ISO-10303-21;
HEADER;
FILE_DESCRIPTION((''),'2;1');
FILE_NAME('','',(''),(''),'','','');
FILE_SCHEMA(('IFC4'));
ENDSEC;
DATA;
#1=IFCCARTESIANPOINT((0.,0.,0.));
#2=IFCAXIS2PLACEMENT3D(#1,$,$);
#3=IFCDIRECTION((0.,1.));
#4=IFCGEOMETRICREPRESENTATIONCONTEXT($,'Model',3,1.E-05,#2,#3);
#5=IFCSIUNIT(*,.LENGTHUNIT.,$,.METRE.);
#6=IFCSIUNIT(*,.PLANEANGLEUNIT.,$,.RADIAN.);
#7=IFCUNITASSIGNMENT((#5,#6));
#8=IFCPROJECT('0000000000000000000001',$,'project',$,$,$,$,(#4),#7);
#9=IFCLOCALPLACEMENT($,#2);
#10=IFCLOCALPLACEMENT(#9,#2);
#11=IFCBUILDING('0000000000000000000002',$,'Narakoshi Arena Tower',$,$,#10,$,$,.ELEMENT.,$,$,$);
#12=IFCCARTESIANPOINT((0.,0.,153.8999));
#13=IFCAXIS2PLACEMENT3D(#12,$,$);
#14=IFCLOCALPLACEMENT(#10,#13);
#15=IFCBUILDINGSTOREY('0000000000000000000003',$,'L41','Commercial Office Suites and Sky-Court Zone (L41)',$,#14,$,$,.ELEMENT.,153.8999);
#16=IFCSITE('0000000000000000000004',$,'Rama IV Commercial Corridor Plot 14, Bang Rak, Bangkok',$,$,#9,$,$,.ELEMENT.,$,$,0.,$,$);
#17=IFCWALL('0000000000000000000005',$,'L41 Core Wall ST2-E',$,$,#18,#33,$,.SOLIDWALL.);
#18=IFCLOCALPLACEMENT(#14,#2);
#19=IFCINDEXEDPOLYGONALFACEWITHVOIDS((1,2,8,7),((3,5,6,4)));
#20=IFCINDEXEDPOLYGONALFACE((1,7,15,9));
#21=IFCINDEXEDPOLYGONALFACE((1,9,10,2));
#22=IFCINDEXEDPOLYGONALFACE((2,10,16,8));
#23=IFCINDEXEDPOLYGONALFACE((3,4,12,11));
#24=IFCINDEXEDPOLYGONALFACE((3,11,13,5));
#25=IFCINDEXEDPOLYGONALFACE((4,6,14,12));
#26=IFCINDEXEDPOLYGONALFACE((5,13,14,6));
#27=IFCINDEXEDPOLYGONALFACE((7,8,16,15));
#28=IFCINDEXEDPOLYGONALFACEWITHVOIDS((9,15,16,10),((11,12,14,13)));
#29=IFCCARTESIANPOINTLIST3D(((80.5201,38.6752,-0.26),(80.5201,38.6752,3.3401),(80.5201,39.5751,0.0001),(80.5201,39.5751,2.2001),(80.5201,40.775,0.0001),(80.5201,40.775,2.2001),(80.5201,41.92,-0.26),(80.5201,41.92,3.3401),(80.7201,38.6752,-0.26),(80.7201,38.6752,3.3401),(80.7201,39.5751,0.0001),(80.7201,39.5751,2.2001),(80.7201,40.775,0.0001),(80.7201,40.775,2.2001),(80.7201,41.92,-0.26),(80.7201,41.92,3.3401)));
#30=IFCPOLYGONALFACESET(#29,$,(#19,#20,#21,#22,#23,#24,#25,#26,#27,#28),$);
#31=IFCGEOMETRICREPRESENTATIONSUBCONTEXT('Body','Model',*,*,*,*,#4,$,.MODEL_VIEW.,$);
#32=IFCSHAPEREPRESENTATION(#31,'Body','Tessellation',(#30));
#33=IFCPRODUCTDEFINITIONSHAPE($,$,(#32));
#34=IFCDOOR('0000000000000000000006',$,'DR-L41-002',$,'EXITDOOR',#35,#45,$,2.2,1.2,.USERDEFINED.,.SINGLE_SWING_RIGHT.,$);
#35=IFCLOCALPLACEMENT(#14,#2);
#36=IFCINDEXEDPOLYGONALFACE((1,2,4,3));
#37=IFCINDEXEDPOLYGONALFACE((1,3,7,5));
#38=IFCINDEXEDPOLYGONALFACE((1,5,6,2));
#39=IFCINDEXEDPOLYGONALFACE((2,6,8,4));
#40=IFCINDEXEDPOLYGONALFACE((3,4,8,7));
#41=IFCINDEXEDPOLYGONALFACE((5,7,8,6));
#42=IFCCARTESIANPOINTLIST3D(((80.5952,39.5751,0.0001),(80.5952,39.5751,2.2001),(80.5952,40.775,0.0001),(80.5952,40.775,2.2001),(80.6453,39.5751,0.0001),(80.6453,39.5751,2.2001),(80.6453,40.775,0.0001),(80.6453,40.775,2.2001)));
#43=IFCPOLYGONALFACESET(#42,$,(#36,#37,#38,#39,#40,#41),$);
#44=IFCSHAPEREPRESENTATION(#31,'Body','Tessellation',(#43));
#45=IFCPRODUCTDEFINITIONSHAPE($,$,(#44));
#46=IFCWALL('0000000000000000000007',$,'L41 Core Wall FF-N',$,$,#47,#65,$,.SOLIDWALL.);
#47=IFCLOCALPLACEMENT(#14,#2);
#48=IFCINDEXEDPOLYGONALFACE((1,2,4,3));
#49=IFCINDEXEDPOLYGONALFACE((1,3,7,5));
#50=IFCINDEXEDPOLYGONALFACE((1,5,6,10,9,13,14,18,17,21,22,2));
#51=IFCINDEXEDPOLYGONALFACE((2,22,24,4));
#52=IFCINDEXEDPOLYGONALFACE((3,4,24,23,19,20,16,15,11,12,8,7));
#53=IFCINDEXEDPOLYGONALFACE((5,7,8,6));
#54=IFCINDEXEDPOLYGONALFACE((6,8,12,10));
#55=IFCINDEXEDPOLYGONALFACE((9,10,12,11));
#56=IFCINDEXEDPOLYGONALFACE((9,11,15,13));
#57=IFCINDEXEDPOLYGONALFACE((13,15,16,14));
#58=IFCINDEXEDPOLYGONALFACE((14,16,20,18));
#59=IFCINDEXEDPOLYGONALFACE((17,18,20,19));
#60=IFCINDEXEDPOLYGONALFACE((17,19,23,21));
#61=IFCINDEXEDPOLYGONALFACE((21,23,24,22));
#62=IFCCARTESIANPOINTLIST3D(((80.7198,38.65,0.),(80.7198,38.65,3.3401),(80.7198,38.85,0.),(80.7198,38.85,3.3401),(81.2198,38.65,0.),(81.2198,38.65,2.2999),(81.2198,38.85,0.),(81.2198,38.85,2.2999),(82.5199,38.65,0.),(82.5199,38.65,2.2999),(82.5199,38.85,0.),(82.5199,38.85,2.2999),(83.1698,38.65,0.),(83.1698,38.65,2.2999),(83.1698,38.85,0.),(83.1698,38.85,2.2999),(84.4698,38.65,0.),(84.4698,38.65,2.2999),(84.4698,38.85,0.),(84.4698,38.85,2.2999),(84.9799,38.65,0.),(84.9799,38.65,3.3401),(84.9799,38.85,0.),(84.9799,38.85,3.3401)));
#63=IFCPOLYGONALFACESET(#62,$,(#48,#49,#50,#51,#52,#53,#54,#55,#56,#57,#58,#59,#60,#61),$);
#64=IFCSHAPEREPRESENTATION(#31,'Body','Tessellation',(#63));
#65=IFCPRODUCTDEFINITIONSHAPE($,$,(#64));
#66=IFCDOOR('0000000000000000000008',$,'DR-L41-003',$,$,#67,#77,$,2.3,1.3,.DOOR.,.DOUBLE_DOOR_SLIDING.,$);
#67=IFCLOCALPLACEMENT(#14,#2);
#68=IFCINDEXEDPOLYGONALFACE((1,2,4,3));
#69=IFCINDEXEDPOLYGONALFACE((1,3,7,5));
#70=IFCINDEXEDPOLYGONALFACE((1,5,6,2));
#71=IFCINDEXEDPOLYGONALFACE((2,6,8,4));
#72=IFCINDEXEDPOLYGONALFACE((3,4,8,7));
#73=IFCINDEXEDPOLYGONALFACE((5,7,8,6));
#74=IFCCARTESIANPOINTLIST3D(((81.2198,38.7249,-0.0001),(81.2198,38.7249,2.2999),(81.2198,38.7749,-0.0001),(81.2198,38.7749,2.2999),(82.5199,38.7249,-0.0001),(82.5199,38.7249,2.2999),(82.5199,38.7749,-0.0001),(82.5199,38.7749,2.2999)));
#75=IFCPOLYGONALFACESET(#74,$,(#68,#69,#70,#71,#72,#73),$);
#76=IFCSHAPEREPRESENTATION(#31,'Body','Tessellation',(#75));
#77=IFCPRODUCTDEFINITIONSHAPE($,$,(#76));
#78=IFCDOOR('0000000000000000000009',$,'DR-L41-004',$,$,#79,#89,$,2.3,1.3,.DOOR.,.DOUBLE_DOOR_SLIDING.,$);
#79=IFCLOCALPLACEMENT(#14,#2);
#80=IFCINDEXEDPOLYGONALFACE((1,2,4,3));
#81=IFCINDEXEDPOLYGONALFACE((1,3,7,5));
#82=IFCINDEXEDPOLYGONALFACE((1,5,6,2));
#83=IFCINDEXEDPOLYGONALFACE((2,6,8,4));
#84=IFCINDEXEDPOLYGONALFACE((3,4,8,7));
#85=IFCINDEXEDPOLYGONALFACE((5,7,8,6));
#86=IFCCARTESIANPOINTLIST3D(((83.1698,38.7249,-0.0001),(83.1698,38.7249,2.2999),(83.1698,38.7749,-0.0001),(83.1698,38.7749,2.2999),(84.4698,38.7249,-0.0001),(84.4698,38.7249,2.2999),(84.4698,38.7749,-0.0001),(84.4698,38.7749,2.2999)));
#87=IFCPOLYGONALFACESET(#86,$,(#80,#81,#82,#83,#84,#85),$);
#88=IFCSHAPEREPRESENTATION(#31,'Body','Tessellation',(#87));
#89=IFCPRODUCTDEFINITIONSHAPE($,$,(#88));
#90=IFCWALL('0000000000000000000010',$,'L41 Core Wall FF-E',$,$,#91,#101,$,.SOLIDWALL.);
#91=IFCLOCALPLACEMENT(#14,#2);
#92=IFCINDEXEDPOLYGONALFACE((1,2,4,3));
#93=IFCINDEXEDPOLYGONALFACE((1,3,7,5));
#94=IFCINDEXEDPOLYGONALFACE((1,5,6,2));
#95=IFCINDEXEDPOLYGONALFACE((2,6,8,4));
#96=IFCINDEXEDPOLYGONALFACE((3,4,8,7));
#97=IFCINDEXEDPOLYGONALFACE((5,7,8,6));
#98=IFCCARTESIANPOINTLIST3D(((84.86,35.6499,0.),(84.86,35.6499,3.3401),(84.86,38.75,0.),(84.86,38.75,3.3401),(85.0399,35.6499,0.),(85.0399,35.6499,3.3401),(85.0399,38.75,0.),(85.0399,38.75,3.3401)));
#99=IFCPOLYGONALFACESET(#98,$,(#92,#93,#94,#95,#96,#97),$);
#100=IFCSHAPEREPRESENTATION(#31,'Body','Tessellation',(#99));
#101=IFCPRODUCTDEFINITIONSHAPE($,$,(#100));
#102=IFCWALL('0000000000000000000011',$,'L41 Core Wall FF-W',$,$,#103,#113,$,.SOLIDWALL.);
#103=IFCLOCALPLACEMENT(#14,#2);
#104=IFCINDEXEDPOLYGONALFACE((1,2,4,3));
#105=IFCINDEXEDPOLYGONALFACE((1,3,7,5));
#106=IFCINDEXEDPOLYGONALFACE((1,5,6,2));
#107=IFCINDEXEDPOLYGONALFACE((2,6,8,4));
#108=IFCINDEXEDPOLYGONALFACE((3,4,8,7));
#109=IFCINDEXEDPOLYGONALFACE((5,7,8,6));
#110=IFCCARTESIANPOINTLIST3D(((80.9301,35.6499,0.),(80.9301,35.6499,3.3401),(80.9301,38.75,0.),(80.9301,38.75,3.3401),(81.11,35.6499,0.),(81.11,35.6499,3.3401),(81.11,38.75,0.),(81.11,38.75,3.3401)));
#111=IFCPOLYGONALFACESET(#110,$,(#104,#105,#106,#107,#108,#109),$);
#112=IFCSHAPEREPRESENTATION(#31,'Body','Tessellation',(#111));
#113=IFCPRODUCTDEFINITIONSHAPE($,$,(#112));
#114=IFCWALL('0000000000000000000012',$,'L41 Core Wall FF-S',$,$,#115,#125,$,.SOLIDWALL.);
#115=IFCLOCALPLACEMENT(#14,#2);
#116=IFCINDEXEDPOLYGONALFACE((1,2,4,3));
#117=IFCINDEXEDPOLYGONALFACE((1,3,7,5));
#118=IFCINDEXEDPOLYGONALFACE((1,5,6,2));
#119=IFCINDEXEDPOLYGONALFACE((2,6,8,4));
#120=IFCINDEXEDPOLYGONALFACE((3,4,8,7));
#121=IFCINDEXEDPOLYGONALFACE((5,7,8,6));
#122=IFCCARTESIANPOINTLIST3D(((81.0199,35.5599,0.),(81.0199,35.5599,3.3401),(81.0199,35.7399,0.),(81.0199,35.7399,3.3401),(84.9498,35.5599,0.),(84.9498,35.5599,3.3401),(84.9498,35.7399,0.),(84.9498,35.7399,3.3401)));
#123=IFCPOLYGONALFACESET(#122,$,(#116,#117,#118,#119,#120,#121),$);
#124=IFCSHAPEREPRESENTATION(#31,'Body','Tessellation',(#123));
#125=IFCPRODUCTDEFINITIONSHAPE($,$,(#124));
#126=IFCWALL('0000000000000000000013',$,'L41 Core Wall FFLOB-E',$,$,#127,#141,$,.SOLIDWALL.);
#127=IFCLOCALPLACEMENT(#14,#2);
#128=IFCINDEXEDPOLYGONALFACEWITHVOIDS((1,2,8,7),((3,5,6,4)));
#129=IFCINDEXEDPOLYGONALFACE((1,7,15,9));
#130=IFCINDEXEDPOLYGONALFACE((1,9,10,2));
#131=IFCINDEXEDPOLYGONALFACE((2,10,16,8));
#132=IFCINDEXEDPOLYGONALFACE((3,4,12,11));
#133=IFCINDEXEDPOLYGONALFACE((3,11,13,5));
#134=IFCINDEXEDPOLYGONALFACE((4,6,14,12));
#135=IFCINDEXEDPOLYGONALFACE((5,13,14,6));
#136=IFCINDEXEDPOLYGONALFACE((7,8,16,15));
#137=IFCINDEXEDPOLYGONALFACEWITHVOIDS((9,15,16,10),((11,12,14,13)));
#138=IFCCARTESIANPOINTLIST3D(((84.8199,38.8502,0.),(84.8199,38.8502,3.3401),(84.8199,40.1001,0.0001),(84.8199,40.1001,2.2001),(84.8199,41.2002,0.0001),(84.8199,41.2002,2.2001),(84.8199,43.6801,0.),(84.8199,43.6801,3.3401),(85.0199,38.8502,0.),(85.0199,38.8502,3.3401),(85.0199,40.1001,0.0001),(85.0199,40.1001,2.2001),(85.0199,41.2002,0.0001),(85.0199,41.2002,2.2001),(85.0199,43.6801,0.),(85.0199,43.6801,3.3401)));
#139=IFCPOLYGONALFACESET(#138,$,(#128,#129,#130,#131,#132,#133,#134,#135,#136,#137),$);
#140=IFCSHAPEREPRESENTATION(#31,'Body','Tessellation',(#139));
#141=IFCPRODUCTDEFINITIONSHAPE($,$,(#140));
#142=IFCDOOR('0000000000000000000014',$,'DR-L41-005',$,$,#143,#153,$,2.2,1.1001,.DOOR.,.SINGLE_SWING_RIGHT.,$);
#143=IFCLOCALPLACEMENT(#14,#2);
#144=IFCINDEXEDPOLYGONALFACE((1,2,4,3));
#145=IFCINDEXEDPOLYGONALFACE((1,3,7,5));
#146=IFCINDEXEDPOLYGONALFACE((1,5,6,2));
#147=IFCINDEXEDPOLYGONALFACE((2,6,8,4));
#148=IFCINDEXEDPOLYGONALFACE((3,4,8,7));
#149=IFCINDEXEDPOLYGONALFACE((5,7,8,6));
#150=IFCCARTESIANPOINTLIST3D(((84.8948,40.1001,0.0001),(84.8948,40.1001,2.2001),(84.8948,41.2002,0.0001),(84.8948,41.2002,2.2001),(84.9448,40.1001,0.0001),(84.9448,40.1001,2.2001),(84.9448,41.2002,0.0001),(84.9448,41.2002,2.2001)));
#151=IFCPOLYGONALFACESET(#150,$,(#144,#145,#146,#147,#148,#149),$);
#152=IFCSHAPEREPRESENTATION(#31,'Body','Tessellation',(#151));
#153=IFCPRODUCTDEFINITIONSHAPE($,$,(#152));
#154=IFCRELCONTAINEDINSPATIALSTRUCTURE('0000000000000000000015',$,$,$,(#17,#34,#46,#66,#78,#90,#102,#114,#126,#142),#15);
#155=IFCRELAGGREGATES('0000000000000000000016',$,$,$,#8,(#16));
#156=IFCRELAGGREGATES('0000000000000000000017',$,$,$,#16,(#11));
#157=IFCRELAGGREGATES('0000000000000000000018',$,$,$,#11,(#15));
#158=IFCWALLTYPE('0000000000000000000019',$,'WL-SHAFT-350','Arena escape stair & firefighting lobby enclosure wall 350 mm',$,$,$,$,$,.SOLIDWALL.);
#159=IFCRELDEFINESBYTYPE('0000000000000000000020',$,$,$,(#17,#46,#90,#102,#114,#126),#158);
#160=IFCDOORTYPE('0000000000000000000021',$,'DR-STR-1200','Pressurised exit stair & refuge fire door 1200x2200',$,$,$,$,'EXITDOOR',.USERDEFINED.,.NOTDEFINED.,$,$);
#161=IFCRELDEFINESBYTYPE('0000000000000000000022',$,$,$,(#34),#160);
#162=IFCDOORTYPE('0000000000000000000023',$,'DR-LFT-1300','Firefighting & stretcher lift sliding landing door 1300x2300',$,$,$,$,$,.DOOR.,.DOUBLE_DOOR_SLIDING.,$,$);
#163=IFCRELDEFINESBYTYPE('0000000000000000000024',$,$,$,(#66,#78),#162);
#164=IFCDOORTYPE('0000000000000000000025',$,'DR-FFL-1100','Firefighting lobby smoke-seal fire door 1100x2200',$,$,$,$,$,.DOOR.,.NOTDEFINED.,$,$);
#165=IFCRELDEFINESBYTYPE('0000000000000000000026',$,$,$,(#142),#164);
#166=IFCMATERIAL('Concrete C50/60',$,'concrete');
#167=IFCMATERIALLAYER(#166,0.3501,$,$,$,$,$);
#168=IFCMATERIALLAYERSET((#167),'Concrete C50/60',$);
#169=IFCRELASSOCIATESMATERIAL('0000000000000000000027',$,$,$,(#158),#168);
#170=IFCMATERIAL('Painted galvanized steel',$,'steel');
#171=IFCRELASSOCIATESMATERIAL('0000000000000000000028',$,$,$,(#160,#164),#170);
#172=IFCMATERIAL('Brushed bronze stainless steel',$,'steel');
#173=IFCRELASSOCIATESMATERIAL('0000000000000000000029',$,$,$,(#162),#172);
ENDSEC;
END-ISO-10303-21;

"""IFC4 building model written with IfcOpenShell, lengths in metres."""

from ifc_helpers import new_model, si_unit, direction, frame, frame_2d, origin, place, context, subcontext, project, spatial, rectangle, extrude, material, layer, layer_set, type_object, element, fill, save


model = new_model("IFC4")

# Units and contexts
model_context = context("Model", 3, precision=1e-05, world=origin(), true_north=direction((0.0, 1.0)))
body_context = subcontext(model_context, "Body", "Model", "MODEL_VIEW")
ifc_project = project(units=[si_unit("LENGTHUNIT", "METRE"), si_unit("PLANEANGLEUNIT", "RADIAN")], contexts=[model_context])

# Site, building, storey
site_placement = place(None, origin())
site = spatial("IfcSite", under=ifc_project, at=site_placement, Name="Rama IV Commercial Corridor Plot 14, Bang Rak, Bangkok", CompositionType="ELEMENT", RefElevation=0.0)
building_placement = place(site_placement, origin())
building = spatial("IfcBuilding", under=site, at=building_placement, Name="Narakoshi Arena Tower", CompositionType="ELEMENT")
storey_placement = place(building_placement, frame((0.0, 0.0, 153.8999)))
storey = spatial("IfcBuildingStorey", under=building, at=storey_placement, Name="L41", Description="Commercial Office Suites and Sky-Court Zone (L41)", CompositionType="ELEMENT", Elevation=153.8999)

# Shared definitions
ifc_material_1 = material(Name="Concrete C50/60", Category="concrete")
ifc_layer_1 = layer(ifc_material_1, 0.3501)
ifc_layer_set_1 = layer_set([ifc_layer_1], Name="Concrete C50/60")
wall_type_1 = type_object("IfcWallType", Name="WL-SHAFT-350", Description="Arena escape stair & firefighting lobby enclosure wall 350 mm", PredefinedType="SOLIDWALL", material=ifc_layer_set_1)

# Wall, opening, door
wall_1_placement = place(storey_placement, frame((80.6201, 38.675, -0.26), z_axis=(0.0, 0.0, 1.0), x_axis=(0.0, 1.0, 0.0)))
wall_1 = element("IfcWall", 1, at=wall_1_placement, inside=storey, type_object=wall_type_1, Name="L41 Core Wall ST2-E", PredefinedType="SOLIDWALL", context=body_context, shape_type="SweptSolid", body=[
    extrude(rectangle(XDim=3.2449, YDim=0.2, at=frame_2d((1.6226, 0.0))), origin(), (0.0, 0.0, 1.0), 3.6001),
])
opening_1_placement = place(wall_1_placement, frame((0.8999, 0.0, 0.26)))
opening_1 = element("IfcOpeningElement", 2, at=opening_1_placement, cuts=wall_1, PredefinedType="OPENING", context=body_context, shape_type="SweptSolid", body=[
    extrude(rectangle(XDim=1.2, YDim=2.2, at=frame_2d((0.6001, 1.1001))), frame((0.0, 0.1099, 0.0), z_axis=(0.0, -1.0, 0.0), x_axis=(1.0, 0.0, 0.0)), (0.0, 0.0, 1.0), 0.22),
])
ifc_material_2 = material(Name="Painted galvanized steel", Category="steel")
door_type_1 = type_object("IfcDoorType", Name="DR-STR-1200", Description="Pressurised exit stair & refuge fire door 1200x2200", ElementType="EXITDOOR", OperationType="NOTDEFINED", PredefinedType="USERDEFINED", material=ifc_material_2)
door_1_placement = place(opening_1_placement, origin())
door_1 = element("IfcDoor", 3, at=door_1_placement, inside=storey, type_object=door_type_1, Name="DR-L41-002", ObjectType="EXITDOOR", OperationType="SINGLE_SWING_RIGHT", OverallHeight=2.2, OverallWidth=1.2, PredefinedType="USERDEFINED", context=body_context, shape_type="SweptSolid", body=[
    extrude(rectangle(XDim=1.2, YDim=2.2, at=frame_2d((0.6001, 1.1001))), frame((0.0, 0.0249, 0.0), z_axis=(0.0, -1.0, 0.0), x_axis=(1.0, 0.0, 0.0)), (0.0, 0.0, 1.0), 0.05),
])
fill(opening_1, door_1)

# Wall, openings, doors
wall_2_placement = place(storey_placement, frame((80.72, 38.75, 0.0), z_axis=(0.0, 0.0, 1.0), x_axis=(1.0, 0.0, 0.0)))
wall_2 = element("IfcWall", 4, at=wall_2_placement, inside=storey, type_object=wall_type_1, Name="L41 Core Wall FF-N", PredefinedType="SOLIDWALL", context=body_context, shape_type="SweptSolid", body=[
    extrude(rectangle(XDim=4.26, YDim=0.2, at=frame_2d((2.1299, 0.0))), origin(), (0.0, 0.0, 1.0), 3.3401),
])
opening_2_placement = place(wall_2_placement, frame((0.5, 0.0, 0.0)))
opening_2 = element("IfcOpeningElement", 5, at=opening_2_placement, cuts=wall_2, PredefinedType="OPENING", context=body_context, shape_type="SweptSolid", body=[
    extrude(rectangle(XDim=1.3, YDim=2.3, at=frame_2d((0.6499, 1.1499))), frame((0.0, 0.1099, 0.0), z_axis=(0.0, -1.0, 0.0), x_axis=(1.0, 0.0, 0.0)), (0.0, 0.0, 1.0), 0.22),
])
opening_3_placement = place(wall_2_placement, frame((2.45, 0.0, 0.0)))
opening_3 = element("IfcOpeningElement", 6, at=opening_3_placement, cuts=wall_2, PredefinedType="OPENING", context=body_context, shape_type="SweptSolid", body=[
    extrude(rectangle(XDim=1.3, YDim=2.3, at=frame_2d((0.6499, 1.1499))), frame((0.0, 0.1099, 0.0), z_axis=(0.0, -1.0, 0.0), x_axis=(1.0, 0.0, 0.0)), (0.0, 0.0, 1.0), 0.22),
])
ifc_material_3 = material(Name="Brushed bronze stainless steel", Category="steel")
door_type_2 = type_object("IfcDoorType", Name="DR-LFT-1300", Description="Firefighting & stretcher lift sliding landing door 1300x2300", OperationType="DOUBLE_DOOR_SLIDING", PredefinedType="DOOR", material=ifc_material_3)
door_2_placement = place(opening_2_placement, origin())
door_2 = element("IfcDoor", 7, at=door_2_placement, inside=storey, type_object=door_type_2, Name="DR-L41-003", OperationType="DOUBLE_DOOR_SLIDING", OverallHeight=2.3, OverallWidth=1.3, PredefinedType="DOOR", context=body_context, shape_type="SweptSolid", body=[
    extrude(rectangle(XDim=1.3, YDim=2.3, at=frame_2d((0.6499, 1.1499))), frame((0.0, 0.0249, 0.0), z_axis=(0.0, -1.0, 0.0), x_axis=(1.0, 0.0, 0.0)), (0.0, 0.0, 1.0), 0.05),
])
fill(opening_2, door_2)
door_3_placement = place(opening_3_placement, origin())
door_3 = element("IfcDoor", 8, at=door_3_placement, inside=storey, type_object=door_type_2, Name="DR-L41-004", OperationType="DOUBLE_DOOR_SLIDING", OverallHeight=2.3, OverallWidth=1.3, PredefinedType="DOOR", context=body_context, shape_type="SweptSolid", body=[
    extrude(rectangle(XDim=1.3, YDim=2.3, at=frame_2d((0.6499, 1.1499))), frame((0.0, 0.0249, 0.0), z_axis=(0.0, -1.0, 0.0), x_axis=(1.0, 0.0, 0.0)), (0.0, 0.0, 1.0), 0.05),
])
fill(opening_3, door_3)

# Walls
for number, where, z_axis, x_axis, name in (
    (9, (84.95, 35.6499, 0.0), (0.0, 0.0, 1.0), (0.0, 1.0, 0.0), "L41 Core Wall FF-E"),
    (10, (81.02, 35.6499, 0.0), (0.0, 0.0, 1.0), (0.0, 1.0, 0.0), "L41 Core Wall FF-W"),
):
    element("IfcWall", number, at=place(storey_placement, frame(where, z_axis=z_axis, x_axis=x_axis)), inside=storey, type_object=wall_type_1, Name=name, PredefinedType="SOLIDWALL", context=body_context, shape_type="SweptSolid", body=[
        extrude(rectangle(XDim=3.1001, YDim=0.1799, at=frame_2d((1.55, 0.0))), origin(), (0.0, 0.0, 1.0), 3.3401),
    ])
wall_3_placement = place(storey_placement, frame((81.02, 35.6499, 0.0), z_axis=(0.0, 0.0, 1.0), x_axis=(1.0, 0.0, 0.0)))
element("IfcWall", 11, at=wall_3_placement, inside=storey, type_object=wall_type_1, Name="L41 Core Wall FF-S", PredefinedType="SOLIDWALL", context=body_context, shape_type="SweptSolid", body=[
    extrude(rectangle(XDim=3.9299, YDim=0.1799, at=frame_2d((1.9648, 0.0))), origin(), (0.0, 0.0, 1.0), 3.3401),
])

# Wall, opening, door
wall_4_placement = place(storey_placement, frame((84.9199, 38.8501, 0.0), z_axis=(0.0, 0.0, 1.0), x_axis=(0.0, 1.0, 0.0)))
wall_4 = element("IfcWall", 12, at=wall_4_placement, inside=storey, type_object=wall_type_1, Name="L41 Core Wall FFLOB-E", PredefinedType="SOLIDWALL", context=body_context, shape_type="SweptSolid", body=[
    extrude(rectangle(XDim=4.8298, YDim=0.2, at=frame_2d((2.415, 0.0))), origin(), (0.0, 0.0, 1.0), 3.3401),
])
opening_4_placement = place(wall_4_placement, frame((1.25, 0.0, 0.0)))
opening_4 = element("IfcOpeningElement", 13, at=opening_4_placement, cuts=wall_4, PredefinedType="OPENING", context=body_context, shape_type="SweptSolid", body=[
    extrude(rectangle(XDim=1.1001, YDim=2.2, at=frame_2d((0.55, 1.1001))), frame((0.0, 0.1099, 0.0), z_axis=(0.0, -1.0, 0.0), x_axis=(1.0, 0.0, 0.0)), (0.0, 0.0, 1.0), 0.22),
])
door_type_3 = type_object("IfcDoorType", Name="DR-FFL-1100", Description="Firefighting lobby smoke-seal fire door 1100x2200", OperationType="NOTDEFINED", PredefinedType="DOOR", material=ifc_material_2)
door_4_placement = place(opening_4_placement, frame((1.1001, 0.0, 0.0), z_axis=(0.0, 0.0, 1.0), x_axis=(-1.0, 0.0, 0.0)))
door_4 = element("IfcDoor", 14, at=door_4_placement, inside=storey, type_object=door_type_3, Name="DR-L41-005", OperationType="SINGLE_SWING_RIGHT", OverallHeight=2.2, OverallWidth=1.1001, PredefinedType="DOOR", context=body_context, shape_type="SweptSolid", body=[
    extrude(rectangle(XDim=1.1001, YDim=2.2, at=frame_2d((0.55, 1.1001))), frame((0.0, 0.0249, 0.0), z_axis=(0.0, -1.0, 0.0), x_axis=(1.0, 0.0, 0.0)), (0.0, 0.0, 1.0), 0.05),
])
fill(opening_4, door_4)

save(model, "model.ifc")
